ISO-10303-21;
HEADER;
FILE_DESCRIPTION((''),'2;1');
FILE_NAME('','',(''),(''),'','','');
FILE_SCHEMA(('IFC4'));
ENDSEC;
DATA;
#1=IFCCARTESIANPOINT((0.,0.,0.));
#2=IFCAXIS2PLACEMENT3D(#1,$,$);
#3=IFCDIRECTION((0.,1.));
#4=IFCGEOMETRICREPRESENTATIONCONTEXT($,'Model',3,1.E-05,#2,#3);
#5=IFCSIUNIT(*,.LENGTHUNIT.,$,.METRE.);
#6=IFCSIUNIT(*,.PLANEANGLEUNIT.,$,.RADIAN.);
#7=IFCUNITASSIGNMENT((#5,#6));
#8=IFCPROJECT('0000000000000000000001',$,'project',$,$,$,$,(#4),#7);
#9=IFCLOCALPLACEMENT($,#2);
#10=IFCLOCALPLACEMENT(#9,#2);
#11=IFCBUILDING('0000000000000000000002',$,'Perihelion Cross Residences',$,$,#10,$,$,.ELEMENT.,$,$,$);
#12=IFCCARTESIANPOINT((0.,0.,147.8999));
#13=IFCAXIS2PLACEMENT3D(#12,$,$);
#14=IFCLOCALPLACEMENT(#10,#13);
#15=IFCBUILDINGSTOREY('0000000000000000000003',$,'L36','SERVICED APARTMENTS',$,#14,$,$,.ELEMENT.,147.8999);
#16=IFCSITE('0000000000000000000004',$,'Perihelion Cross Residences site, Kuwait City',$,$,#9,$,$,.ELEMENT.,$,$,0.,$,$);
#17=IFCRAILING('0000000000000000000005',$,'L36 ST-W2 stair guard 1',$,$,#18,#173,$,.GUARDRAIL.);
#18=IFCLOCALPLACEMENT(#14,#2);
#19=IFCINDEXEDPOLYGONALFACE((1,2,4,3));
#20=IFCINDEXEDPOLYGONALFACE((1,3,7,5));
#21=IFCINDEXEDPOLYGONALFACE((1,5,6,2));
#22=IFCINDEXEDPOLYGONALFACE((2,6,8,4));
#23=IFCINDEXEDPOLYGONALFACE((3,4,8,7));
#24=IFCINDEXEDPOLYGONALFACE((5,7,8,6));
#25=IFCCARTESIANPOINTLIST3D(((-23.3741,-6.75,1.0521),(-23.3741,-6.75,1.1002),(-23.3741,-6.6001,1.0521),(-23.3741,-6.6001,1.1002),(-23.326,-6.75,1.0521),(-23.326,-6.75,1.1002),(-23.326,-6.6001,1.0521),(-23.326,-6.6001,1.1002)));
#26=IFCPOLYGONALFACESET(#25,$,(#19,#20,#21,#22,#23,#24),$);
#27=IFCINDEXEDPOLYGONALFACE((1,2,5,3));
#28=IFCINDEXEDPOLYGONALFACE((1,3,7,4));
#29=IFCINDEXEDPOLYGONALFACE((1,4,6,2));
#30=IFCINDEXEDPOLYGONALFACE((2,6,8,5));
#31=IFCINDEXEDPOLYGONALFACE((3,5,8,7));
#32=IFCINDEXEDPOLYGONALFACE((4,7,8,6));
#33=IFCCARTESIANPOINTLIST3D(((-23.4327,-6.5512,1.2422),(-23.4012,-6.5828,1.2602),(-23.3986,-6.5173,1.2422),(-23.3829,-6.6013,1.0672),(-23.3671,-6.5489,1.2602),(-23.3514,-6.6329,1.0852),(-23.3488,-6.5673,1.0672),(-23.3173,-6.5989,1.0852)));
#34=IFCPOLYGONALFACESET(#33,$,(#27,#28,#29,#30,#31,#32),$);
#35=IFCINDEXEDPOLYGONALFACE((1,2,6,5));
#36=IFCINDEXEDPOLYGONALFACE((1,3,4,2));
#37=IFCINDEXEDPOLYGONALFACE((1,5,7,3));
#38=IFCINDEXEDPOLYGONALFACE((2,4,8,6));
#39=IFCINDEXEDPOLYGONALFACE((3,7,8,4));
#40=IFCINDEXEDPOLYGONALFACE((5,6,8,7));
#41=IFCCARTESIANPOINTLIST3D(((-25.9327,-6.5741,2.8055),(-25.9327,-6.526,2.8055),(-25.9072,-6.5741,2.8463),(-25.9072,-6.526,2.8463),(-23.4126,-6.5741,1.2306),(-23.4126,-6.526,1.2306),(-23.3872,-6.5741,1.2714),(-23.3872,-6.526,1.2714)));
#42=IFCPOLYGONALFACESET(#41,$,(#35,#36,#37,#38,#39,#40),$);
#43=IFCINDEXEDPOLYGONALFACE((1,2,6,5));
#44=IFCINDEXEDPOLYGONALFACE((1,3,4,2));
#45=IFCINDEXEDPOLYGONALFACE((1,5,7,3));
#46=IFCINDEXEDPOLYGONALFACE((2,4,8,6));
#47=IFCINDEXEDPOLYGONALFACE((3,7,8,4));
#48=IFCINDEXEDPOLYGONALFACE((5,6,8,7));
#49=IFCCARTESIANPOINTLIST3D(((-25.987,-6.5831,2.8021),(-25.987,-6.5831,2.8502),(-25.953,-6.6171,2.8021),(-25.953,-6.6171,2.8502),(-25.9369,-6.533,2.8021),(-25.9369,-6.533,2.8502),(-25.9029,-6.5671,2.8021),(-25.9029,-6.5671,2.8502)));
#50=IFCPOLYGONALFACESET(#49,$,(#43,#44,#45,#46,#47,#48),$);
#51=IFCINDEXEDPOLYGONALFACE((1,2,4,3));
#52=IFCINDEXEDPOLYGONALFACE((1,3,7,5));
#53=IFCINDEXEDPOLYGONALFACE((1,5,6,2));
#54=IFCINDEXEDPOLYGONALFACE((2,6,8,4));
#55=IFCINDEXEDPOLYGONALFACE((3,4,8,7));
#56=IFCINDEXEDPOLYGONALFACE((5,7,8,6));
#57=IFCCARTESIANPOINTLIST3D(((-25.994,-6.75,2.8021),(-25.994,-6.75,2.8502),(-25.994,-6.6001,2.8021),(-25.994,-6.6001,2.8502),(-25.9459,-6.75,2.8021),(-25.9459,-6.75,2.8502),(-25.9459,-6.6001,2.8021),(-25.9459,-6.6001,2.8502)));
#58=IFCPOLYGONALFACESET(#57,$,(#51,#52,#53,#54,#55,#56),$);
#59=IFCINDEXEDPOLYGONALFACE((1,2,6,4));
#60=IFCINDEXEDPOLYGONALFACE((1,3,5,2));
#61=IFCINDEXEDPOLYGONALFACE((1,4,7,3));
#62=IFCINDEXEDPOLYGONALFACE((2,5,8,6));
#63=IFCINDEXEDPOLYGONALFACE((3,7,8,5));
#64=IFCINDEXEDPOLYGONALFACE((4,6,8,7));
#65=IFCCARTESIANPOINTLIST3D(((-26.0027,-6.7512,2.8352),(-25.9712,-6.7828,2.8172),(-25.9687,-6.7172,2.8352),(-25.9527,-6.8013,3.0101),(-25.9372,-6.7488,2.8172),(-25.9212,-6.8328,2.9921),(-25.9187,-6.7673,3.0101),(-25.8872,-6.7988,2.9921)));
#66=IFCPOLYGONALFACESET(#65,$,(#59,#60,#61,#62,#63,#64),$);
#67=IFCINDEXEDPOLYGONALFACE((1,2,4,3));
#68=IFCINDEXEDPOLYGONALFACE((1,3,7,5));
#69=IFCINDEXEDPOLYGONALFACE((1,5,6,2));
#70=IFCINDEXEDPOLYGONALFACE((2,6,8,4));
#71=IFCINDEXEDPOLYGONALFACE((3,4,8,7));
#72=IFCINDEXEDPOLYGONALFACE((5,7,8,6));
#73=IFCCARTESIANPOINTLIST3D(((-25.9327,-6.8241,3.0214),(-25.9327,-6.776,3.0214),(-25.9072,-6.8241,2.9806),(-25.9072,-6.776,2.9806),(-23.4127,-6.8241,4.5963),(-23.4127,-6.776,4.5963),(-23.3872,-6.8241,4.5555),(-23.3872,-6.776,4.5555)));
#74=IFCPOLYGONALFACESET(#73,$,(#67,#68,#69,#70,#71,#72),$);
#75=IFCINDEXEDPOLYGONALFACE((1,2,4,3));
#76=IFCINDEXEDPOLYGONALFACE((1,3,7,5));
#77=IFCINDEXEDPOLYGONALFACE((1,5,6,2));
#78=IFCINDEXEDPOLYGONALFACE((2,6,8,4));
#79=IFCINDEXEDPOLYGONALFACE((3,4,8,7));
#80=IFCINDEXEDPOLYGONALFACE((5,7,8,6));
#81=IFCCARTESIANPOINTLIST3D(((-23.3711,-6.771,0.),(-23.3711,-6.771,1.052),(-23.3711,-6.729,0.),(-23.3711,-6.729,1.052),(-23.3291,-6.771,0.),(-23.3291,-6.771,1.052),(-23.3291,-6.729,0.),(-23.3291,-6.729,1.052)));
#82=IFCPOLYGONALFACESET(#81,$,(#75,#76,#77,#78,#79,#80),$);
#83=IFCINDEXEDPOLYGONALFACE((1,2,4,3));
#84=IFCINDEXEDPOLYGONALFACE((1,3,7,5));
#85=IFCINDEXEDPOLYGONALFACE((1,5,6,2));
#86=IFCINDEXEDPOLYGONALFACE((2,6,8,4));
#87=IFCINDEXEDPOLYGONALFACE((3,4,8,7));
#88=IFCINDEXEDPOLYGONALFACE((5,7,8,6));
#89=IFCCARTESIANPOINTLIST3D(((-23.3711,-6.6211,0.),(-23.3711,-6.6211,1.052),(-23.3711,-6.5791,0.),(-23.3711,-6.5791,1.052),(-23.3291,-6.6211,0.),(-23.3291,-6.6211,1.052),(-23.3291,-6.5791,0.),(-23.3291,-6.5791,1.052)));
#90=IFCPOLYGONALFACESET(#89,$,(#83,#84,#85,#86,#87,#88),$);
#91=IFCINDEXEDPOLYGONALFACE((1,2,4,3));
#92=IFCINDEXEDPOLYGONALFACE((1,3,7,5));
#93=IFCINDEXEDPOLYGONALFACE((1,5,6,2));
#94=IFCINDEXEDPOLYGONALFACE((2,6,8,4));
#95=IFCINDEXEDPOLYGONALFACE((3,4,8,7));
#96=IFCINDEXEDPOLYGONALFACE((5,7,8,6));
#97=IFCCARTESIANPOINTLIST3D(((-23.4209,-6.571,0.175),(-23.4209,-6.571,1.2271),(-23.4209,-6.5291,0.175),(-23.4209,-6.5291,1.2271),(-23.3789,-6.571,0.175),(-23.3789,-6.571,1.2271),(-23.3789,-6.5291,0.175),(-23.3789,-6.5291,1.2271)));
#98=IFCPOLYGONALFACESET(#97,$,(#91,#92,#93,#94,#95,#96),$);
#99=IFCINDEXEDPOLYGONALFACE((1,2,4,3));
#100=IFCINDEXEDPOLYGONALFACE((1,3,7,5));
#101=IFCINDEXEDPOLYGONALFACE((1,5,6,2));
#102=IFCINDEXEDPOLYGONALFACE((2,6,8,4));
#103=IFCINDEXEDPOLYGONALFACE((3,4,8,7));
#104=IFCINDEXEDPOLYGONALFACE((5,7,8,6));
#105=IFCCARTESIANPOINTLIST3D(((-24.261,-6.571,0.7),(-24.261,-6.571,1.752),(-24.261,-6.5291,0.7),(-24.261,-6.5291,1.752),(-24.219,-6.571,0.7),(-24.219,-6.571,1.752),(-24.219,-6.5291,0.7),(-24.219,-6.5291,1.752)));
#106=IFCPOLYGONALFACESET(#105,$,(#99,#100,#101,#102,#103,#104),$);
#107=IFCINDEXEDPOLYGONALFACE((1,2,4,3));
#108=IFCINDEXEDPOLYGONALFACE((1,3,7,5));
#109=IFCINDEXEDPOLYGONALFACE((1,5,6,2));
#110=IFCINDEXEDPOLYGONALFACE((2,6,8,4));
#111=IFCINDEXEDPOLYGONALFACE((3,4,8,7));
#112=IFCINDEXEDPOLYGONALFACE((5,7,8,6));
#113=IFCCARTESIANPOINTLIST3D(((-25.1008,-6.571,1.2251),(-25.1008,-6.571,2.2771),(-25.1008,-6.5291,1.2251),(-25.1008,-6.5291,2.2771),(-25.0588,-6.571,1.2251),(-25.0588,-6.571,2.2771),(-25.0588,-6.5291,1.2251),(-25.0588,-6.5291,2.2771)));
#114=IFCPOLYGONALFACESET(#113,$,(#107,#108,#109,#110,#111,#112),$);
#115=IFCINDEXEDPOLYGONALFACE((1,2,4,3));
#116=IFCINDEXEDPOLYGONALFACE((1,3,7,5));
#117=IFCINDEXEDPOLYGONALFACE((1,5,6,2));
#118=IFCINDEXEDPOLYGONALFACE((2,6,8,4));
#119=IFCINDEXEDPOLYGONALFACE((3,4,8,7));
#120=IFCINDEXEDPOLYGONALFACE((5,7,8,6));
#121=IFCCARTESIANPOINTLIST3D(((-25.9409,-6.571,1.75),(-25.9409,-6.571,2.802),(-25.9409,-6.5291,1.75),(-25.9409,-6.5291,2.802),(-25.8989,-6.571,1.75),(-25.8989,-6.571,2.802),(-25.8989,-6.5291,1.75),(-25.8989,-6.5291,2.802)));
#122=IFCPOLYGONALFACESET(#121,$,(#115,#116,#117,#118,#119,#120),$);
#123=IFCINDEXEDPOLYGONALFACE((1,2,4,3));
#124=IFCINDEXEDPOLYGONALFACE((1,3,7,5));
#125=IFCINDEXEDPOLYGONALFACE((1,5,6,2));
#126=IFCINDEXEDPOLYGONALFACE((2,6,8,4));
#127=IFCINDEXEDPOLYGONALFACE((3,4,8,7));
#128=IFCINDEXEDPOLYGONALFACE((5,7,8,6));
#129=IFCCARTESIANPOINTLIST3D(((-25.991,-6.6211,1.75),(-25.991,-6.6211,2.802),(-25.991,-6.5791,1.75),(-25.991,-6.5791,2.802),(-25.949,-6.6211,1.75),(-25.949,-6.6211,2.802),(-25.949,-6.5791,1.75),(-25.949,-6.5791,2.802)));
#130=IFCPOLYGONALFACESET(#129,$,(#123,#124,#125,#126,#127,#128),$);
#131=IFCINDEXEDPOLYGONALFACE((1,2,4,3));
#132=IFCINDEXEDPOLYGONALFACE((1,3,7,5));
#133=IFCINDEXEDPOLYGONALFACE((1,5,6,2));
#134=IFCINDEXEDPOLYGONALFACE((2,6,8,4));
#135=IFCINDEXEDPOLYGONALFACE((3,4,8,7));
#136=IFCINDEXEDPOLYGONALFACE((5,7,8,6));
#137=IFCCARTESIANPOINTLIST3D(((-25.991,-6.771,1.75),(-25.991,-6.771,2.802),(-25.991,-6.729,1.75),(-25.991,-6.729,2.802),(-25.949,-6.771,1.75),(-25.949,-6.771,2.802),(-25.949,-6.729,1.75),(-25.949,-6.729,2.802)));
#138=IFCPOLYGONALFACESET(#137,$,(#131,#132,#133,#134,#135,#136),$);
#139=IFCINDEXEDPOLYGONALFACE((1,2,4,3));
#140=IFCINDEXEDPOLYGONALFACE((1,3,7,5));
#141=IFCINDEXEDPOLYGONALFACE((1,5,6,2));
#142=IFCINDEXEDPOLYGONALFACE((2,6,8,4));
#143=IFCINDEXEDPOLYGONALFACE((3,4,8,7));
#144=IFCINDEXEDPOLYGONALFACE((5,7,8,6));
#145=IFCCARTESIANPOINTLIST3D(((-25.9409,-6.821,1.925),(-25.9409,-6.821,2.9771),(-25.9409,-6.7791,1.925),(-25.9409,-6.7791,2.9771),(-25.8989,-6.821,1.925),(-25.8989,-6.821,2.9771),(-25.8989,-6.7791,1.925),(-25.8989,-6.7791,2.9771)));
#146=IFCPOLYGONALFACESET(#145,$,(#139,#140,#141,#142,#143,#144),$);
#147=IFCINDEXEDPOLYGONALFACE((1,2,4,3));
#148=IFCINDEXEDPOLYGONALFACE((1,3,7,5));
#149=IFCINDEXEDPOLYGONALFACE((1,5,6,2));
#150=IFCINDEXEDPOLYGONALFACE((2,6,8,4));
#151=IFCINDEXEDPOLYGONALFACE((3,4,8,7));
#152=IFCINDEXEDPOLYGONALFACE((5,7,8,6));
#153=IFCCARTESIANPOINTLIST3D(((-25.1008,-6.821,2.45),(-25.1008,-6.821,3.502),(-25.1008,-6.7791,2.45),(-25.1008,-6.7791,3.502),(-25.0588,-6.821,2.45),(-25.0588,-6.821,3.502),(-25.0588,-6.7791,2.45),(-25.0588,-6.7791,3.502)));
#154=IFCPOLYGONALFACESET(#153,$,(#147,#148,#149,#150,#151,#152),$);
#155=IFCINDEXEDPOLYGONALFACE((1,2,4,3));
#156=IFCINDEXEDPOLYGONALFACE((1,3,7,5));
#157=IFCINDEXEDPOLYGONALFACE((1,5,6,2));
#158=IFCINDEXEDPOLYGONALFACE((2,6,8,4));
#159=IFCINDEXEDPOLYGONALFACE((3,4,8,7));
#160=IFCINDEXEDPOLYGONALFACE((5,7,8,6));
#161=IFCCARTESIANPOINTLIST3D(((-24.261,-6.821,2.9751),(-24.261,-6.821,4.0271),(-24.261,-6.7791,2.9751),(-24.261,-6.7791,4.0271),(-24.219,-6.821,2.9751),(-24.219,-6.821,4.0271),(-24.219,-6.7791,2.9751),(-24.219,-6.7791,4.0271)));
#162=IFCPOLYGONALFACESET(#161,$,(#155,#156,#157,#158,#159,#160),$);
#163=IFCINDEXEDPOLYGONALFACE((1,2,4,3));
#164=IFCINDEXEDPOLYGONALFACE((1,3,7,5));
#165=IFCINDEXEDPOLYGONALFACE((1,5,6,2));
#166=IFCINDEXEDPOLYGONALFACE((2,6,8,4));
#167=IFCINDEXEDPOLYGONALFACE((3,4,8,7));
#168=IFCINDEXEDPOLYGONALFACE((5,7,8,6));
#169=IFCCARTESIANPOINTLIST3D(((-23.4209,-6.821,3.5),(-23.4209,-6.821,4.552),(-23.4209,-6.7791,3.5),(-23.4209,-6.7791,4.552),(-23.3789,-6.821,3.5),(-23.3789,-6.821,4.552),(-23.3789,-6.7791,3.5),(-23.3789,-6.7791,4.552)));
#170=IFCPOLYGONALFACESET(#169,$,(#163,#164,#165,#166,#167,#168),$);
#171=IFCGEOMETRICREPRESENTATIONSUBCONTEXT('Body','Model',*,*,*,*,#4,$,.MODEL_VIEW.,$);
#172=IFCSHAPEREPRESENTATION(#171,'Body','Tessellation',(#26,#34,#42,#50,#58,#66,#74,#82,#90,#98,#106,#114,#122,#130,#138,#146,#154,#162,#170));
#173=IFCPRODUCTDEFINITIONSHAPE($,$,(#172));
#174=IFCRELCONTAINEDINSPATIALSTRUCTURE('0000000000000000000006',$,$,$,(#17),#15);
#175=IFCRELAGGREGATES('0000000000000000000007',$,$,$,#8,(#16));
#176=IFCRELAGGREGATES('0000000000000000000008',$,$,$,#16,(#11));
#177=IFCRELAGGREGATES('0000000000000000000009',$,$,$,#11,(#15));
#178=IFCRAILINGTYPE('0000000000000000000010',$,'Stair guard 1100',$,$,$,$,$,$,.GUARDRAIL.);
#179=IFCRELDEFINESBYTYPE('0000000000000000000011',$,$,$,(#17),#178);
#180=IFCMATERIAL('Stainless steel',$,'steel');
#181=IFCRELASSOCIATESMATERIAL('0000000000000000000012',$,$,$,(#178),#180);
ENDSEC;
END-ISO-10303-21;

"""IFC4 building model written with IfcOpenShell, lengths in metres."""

from ifc_helpers import new_model, si_unit, direction, frame, origin, origin_2d, place, context, subcontext, project, spatial, rectangle, extrude, material, type_object, element, save


model = new_model("IFC4")

# Units and contexts
model_context = context("Model", 3, precision=1e-05, world=origin(), true_north=direction((0.0, 1.0)))
body_context = subcontext(model_context, "Body", "Model", "MODEL_VIEW")
ifc_project = project(units=[si_unit("LENGTHUNIT", "METRE"), si_unit("PLANEANGLEUNIT", "RADIAN")], contexts=[model_context])

# Site, building, storey
site_placement = place(None, origin())
site = spatial("IfcSite", under=ifc_project, at=site_placement, Name="Perihelion Cross Residences site, Kuwait City", CompositionType="ELEMENT", RefElevation=0.0)
building_placement = place(site_placement, origin())
building = spatial("IfcBuilding", under=site, at=building_placement, Name="Perihelion Cross Residences", CompositionType="ELEMENT")
storey_placement = place(building_placement, frame((0.0, 0.0, 147.8999)))
storey = spatial("IfcBuildingStorey", under=building, at=storey_placement, Name="L36", Description="SERVICED APARTMENTS", CompositionType="ELEMENT", Elevation=147.8999)

# Railing
ifc_material_1 = material(Name="Stainless steel", Category="steel")
railing_type_1 = type_object("IfcRailingType", Name="Stair guard 1100", PredefinedType="GUARDRAIL", material=ifc_material_1)
railing_1_placement = place(storey_placement, frame((-23.3501, -6.75, 0.0)))
element("IfcRailing", 1, at=railing_1_placement, inside=storey, type_object=railing_type_1, Name="L36 ST-W2 stair guard 1", PredefinedType="GUARDRAIL", context=body_context, shape_type="SweptSolid", body=[
    extrude(rectangle(XDim=0.0481, YDim=0.0481, at=origin_2d()), frame((0.0, 0.0, 1.0762), z_axis=(0.0, 1.0, 0.0), x_axis=(-1.0, 0.0, 0.0)), (0.0, 0.0, 1.0), 0.1499),
    extrude(rectangle(XDim=0.0481, YDim=0.0481, at=origin_2d()), frame((0.0, 0.1499, 1.0762), z_axis=(-0.263862, 0.265156, 0.927399), x_axis=(-0.708834, -0.705376, 0.0)), (0.0, 0.0, 1.0), 0.1887),
    extrude(rectangle(XDim=0.0481, YDim=0.0481, at=origin_2d()), frame((-0.0498, 0.2, 1.251), z_axis=(-0.848008, 0.0, 0.529984), x_axis=(0.0, -1.0, 0.0)), (0.0, 0.0, 1.0), 2.9717),
    extrude(rectangle(XDim=0.0481, YDim=0.0481, at=origin_2d()), frame((-2.5698, 0.2, 2.8262), z_axis=(-0.707107, -0.707107, 0.0), x_axis=(0.707107, -0.707107, 0.0)), (0.0, 0.0, 1.0), 0.0708),
    extrude(rectangle(XDim=0.0481, YDim=0.0481, at=origin_2d()), frame((-2.6199, 0.1499, 2.8262), z_axis=(0.0, -1.0, 0.0), x_axis=(1.0, 0.0, 0.0)), (0.0, 0.0, 1.0), 0.1499),
    extrude(rectangle(XDim=0.0481, YDim=0.0481, at=origin_2d()), frame((-2.6199, 0.0, 2.8262), z_axis=(0.265065, -0.265065, 0.927082), x_axis=(0.707107, 0.707107, 0.0)), (0.0, 0.0, 1.0), 0.1887),
    extrude(rectangle(XDim=0.0481, YDim=0.0481, at=origin_2d()), frame((-2.5698, -0.05, 3.001), z_axis=(0.848008, 0.0, 0.529984), x_axis=(0.0, 1.0, 0.0)), (0.0, 0.0, 1.0), 2.9717),
    extrude(rectangle(XDim=0.042, YDim=0.042, at=origin_2d()), origin(), (0.0, 0.0, 1.0), 1.052),
    extrude(rectangle(XDim=0.042, YDim=0.042, at=origin_2d()), frame((0.0, 0.1499, 0.0)), (0.0, 0.0, 1.0), 1.052),
    extrude(rectangle(XDim=0.042, YDim=0.042, at=origin_2d()), frame((-0.0498, 0.2, 0.175)), (0.0, 0.0, 1.0), 1.052),
    extrude(rectangle(XDim=0.042, YDim=0.042, at=origin_2d()), frame((-0.8899, 0.2, 0.7)), (0.0, 0.0, 1.0), 1.052),
    extrude(rectangle(XDim=0.042, YDim=0.042, at=origin_2d()), frame((-1.7297, 0.2, 1.2251)), (0.0, 0.0, 1.0), 1.052),
    extrude(rectangle(XDim=0.042, YDim=0.042, at=origin_2d()), frame((-2.5698, 0.2, 1.75)), (0.0, 0.0, 1.0), 1.052),
    extrude(rectangle(XDim=0.042, YDim=0.042, at=origin_2d()), frame((-2.6199, 0.1499, 1.75)), (0.0, 0.0, 1.0), 1.052),
    extrude(rectangle(XDim=0.042, YDim=0.042, at=origin_2d()), frame((-2.6199, 0.0, 1.75)), (0.0, 0.0, 1.0), 1.052),
    extrude(rectangle(XDim=0.042, YDim=0.042, at=origin_2d()), frame((-2.5698, -0.05, 1.925)), (0.0, 0.0, 1.0), 1.052),
    extrude(rectangle(XDim=0.042, YDim=0.042, at=origin_2d()), frame((-1.7297, -0.05, 2.45)), (0.0, 0.0, 1.0), 1.052),
    extrude(rectangle(XDim=0.042, YDim=0.042, at=origin_2d()), frame((-0.8899, -0.05, 2.9751)), (0.0, 0.0, 1.0), 1.052),
    extrude(rectangle(XDim=0.042, YDim=0.042, at=origin_2d()), frame((-0.0498, -0.05, 3.5)), (0.0, 0.0, 1.0), 1.052),
])

save(model, "model.ifc")
